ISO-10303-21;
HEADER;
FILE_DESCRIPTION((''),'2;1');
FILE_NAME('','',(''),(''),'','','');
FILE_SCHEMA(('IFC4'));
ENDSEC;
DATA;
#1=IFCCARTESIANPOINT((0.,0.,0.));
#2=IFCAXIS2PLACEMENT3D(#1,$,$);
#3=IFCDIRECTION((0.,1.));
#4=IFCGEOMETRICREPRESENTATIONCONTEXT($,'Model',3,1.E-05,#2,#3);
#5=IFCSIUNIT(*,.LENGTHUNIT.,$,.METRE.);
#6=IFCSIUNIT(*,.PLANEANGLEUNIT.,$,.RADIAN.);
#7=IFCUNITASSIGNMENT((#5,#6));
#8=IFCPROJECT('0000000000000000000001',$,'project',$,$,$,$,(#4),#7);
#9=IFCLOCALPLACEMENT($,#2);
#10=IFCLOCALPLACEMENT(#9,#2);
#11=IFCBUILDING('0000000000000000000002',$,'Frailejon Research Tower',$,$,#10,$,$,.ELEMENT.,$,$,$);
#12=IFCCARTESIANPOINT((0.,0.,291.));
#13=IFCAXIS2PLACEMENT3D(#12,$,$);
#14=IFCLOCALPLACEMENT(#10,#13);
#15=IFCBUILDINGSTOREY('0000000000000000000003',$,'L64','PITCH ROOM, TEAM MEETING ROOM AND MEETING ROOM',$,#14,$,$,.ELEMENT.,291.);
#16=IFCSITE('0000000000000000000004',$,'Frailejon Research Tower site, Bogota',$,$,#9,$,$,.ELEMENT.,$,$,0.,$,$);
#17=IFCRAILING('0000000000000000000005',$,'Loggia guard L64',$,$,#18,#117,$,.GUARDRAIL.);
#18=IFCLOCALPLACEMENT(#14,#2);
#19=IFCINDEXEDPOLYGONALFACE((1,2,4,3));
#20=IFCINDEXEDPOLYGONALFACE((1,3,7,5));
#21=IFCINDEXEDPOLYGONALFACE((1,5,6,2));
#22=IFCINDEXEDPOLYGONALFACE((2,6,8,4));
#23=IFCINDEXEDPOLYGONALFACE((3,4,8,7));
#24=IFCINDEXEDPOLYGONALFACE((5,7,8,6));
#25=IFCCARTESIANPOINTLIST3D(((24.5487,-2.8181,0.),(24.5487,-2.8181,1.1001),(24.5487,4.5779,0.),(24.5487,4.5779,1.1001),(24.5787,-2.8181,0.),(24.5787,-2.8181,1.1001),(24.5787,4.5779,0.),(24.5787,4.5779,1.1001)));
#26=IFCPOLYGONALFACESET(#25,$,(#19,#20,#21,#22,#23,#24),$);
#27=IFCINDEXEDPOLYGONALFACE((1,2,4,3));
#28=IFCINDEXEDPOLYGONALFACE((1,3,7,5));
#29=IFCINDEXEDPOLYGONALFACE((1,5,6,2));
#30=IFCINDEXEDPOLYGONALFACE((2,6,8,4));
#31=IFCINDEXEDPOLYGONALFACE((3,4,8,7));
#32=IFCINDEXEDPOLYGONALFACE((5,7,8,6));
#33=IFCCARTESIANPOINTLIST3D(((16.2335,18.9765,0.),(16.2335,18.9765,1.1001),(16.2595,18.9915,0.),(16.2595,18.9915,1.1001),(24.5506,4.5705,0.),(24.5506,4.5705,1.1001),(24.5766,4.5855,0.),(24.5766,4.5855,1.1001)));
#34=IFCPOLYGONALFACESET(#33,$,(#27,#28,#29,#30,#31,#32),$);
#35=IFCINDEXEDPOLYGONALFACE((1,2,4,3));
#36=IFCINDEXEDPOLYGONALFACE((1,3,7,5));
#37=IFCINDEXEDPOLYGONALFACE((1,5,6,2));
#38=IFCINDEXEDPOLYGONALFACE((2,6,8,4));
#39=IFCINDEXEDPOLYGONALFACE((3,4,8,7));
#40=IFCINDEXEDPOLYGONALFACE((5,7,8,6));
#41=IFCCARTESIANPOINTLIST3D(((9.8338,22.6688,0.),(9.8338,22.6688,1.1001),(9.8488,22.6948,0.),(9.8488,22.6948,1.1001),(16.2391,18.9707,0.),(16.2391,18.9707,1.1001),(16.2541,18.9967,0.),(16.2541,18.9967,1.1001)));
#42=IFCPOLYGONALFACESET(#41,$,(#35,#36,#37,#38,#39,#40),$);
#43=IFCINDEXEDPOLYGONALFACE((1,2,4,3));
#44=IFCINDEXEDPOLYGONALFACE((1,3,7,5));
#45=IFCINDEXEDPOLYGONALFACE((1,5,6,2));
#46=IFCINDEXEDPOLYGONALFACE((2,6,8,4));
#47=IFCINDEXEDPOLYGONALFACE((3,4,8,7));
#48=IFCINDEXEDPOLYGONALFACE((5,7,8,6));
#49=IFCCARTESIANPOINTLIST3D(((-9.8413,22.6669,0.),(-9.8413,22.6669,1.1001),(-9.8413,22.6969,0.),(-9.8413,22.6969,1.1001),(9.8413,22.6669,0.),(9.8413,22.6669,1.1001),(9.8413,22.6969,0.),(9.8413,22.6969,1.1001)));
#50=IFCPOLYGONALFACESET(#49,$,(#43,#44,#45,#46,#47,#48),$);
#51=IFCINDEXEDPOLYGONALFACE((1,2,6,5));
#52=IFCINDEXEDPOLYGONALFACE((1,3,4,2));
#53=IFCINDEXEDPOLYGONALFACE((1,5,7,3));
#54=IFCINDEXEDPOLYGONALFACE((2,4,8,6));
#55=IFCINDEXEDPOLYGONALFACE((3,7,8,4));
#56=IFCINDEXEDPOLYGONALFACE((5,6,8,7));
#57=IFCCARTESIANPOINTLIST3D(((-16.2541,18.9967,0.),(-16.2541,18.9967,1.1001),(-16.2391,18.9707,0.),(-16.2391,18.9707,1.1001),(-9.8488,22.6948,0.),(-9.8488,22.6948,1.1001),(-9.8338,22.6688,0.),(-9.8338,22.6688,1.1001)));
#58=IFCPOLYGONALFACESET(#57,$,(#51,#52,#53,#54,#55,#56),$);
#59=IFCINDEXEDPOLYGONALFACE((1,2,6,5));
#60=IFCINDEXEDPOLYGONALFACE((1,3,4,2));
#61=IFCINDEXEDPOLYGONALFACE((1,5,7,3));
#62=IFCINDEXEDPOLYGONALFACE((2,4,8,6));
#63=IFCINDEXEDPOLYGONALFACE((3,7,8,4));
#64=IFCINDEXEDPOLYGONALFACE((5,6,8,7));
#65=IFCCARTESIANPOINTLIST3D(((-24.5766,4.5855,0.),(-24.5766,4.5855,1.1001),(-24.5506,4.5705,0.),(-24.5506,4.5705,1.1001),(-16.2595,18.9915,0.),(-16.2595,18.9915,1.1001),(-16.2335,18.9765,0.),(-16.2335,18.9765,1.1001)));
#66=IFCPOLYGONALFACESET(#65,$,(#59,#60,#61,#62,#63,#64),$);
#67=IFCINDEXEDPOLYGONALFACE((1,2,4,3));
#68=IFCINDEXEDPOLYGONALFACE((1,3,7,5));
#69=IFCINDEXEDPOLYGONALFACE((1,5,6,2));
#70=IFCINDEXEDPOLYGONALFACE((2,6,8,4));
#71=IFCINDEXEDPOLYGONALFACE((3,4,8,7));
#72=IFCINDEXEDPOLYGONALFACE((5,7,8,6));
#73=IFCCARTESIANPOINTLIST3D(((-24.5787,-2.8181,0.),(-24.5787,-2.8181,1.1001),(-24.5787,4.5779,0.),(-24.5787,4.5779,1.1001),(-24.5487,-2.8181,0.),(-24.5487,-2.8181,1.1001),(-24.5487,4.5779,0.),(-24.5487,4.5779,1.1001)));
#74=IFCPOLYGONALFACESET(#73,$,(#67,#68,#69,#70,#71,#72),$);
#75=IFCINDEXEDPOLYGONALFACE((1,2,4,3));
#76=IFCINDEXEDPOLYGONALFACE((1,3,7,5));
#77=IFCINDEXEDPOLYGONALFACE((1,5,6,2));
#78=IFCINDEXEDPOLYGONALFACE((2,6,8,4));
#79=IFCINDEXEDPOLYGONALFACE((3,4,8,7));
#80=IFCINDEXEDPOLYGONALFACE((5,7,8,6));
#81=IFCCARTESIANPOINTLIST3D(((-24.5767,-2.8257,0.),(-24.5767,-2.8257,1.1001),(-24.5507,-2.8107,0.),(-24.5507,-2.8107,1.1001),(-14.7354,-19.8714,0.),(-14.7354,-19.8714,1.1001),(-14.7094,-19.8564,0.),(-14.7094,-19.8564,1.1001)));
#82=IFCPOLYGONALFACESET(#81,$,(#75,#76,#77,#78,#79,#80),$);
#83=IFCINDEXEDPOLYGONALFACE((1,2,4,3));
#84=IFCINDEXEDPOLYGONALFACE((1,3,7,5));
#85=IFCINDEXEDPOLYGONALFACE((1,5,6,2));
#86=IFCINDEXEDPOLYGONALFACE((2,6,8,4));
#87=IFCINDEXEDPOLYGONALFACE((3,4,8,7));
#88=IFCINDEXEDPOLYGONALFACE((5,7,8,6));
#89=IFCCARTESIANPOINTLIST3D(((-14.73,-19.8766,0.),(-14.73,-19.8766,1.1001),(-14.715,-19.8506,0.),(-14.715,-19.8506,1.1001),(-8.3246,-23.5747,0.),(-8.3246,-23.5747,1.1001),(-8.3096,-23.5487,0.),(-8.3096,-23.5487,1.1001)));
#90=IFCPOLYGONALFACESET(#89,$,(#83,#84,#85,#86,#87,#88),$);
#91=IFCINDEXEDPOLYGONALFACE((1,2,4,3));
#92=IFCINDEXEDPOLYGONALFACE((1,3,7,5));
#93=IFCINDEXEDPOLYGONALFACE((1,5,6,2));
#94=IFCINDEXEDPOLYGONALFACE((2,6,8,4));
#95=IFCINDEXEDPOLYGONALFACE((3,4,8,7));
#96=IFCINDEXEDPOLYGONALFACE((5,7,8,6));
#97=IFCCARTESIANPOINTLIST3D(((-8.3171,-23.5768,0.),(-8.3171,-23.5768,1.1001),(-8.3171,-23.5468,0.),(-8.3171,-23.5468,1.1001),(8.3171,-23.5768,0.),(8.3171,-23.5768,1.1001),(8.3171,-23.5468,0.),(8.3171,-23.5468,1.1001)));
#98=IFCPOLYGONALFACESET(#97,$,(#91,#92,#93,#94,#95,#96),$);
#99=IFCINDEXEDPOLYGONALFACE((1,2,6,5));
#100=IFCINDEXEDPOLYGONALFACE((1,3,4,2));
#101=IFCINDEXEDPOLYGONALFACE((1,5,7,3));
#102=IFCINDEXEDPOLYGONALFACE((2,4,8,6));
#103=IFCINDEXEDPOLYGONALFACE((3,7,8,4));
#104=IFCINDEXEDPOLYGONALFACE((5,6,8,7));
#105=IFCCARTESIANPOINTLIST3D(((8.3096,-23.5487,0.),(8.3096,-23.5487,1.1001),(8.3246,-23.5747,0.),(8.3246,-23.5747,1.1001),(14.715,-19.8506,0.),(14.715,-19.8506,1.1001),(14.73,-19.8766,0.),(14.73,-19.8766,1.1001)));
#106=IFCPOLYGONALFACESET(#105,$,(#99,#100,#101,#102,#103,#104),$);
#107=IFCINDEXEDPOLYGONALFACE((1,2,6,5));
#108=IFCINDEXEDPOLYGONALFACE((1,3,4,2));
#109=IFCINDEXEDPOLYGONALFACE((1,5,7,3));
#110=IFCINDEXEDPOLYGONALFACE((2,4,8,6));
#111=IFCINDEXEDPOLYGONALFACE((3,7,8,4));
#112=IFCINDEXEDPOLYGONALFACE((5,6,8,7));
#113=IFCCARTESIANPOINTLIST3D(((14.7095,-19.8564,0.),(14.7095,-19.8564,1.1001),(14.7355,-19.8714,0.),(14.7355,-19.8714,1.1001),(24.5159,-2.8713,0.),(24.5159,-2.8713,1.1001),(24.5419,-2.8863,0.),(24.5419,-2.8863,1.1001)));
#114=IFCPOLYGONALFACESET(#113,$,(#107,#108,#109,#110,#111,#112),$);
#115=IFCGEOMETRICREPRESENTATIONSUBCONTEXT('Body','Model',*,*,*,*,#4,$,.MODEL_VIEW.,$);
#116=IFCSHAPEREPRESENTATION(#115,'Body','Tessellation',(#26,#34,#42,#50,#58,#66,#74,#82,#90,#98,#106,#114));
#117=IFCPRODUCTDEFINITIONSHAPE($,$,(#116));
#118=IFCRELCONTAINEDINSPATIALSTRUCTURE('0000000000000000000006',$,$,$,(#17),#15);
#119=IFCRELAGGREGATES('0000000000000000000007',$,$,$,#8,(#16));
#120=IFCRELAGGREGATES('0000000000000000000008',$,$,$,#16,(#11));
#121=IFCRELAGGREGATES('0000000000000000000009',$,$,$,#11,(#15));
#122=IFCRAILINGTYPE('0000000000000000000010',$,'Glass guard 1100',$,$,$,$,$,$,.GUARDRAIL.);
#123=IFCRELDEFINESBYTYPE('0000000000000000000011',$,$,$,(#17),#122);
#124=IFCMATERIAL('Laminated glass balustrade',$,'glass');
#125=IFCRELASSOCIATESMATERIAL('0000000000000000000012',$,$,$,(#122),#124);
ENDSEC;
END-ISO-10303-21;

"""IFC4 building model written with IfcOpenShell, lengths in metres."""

from ifc_helpers import new_model, si_unit, direction, frame, origin, origin_2d, place, context, subcontext, project, spatial, rectangle, extrude, material, type_object, element, save


model = new_model("IFC4")

# Units and contexts
model_context = context("Model", 3, precision=1e-05, world=origin(), true_north=direction((0.0, 1.0)))
body_context = subcontext(model_context, "Body", "Model", "MODEL_VIEW")
ifc_project = project(units=[si_unit("LENGTHUNIT", "METRE"), si_unit("PLANEANGLEUNIT", "RADIAN")], contexts=[model_context])

# Site, building, storey
site_placement = place(None, origin())
site = spatial("IfcSite", under=ifc_project, at=site_placement, Name="Frailejon Research Tower site, Bogota", CompositionType="ELEMENT", RefElevation=0.0)
building_placement = place(site_placement, origin())
building = spatial("IfcBuilding", under=site, at=building_placement, Name="Frailejon Research Tower", CompositionType="ELEMENT")
storey_placement = place(building_placement, frame((0.0, 0.0, 291.0)))
storey = spatial("IfcBuildingStorey", under=building, at=storey_placement, Name="L64", Description="PITCH ROOM, TEAM MEETING ROOM AND MEETING ROOM", CompositionType="ELEMENT", Elevation=291.0)

# Railing
ifc_material_1 = material(Name="Laminated glass balustrade", Category="glass")
railing_type = type_object("IfcRailingType", Name="Glass guard 1100", PredefinedType="GUARDRAIL", material=ifc_material_1)
railing_placement = place(storey_placement, frame((24.5637, -2.8181, 0.0)))
element("IfcRailing", 1, at=railing_placement, inside=storey, type_object=railing_type, Name="Loggia guard L64", PredefinedType="GUARDRAIL", context=body_context, shape_type="SweptSolid", body=[
    extrude(rectangle(XDim=7.396, YDim=0.03, at=origin_2d()), frame((0.0, 3.698, 0.0), z_axis=(0.0, 0.0, 1.0), x_axis=(0.0, 1.0, 0.0)), (0.0, 0.0, 1.0), 1.1001),
    extrude(rectangle(XDim=16.6345, YDim=0.03, at=origin_2d()), frame((-4.1587, 14.5991, 0.0), z_axis=(0.0, 0.0, 1.0), x_axis=(-0.499992, 0.86603, 0.0)), (0.0, 0.0, 1.0), 1.1001),
    extrude(rectangle(XDim=7.3962, YDim=0.03, at=origin_2d()), frame((-11.5198, 23.6509, 0.0), z_axis=(0.0, 0.0, 1.0), x_axis=(-0.866031, 0.499991, 0.0)), (0.0, 0.0, 1.0), 1.1001),
    extrude(rectangle(XDim=19.6826, YDim=0.03, at=origin_2d()), frame((-24.5637, 25.5, 0.0), z_axis=(0.0, 0.0, 1.0), x_axis=(-1.0, 0.0, 0.0)), (0.0, 0.0, 1.0), 1.1001),
    extrude(rectangle(XDim=7.3962, YDim=0.03, at=origin_2d()), frame((-37.6077, 23.6509, 0.0), z_axis=(0.0, 0.0, 1.0), x_axis=(-0.866031, -0.499991, 0.0)), (0.0, 0.0, 1.0), 1.1001),
    extrude(rectangle(XDim=16.6345, YDim=0.03, at=origin_2d()), frame((-44.9688, 14.5991, 0.0), z_axis=(0.0, 0.0, 1.0), x_axis=(-0.499992, -0.86603, 0.0)), (0.0, 0.0, 1.0), 1.1001),
    extrude(rectangle(XDim=7.396, YDim=0.03, at=origin_2d()), frame((-49.1274, 3.698, 0.0), z_axis=(0.0, 0.0, 1.0), x_axis=(0.0, -1.0, 0.0)), (0.0, 0.0, 1.0), 1.1001),
    extrude(rectangle(XDim=19.6826, YDim=0.03, at=origin_2d()), frame((-44.2068, -8.5229, 0.0), z_axis=(0.0, 0.0, 1.0), x_axis=(0.5, -0.866026, 0.0)), (0.0, 0.0, 1.0), 1.1001),
    extrude(rectangle(XDim=7.3962, YDim=0.03, at=origin_2d()), frame((-36.0835, -18.8945, 0.0), z_axis=(0.0, 0.0, 1.0), x_axis=(0.866031, -0.499991, 0.0)), (0.0, 0.0, 1.0), 1.1001),
    extrude(rectangle(XDim=16.6343, YDim=0.03, at=origin_2d()), frame((-24.5637, -20.7437, 0.0), z_axis=(0.0, 0.0, 1.0), x_axis=(1.0, 0.0, 0.0)), (0.0, 0.0, 1.0), 1.1001),
    extrude(rectangle(XDim=7.3962, YDim=0.03, at=origin_2d()), frame((-13.0439, -18.8945, 0.0), z_axis=(0.0, 0.0, 1.0), x_axis=(0.866031, 0.499991, 0.0)), (0.0, 0.0, 1.0), 1.1001),
    extrude(rectangle(XDim=19.6128, YDim=0.03, at=origin_2d()), frame((-4.938, -8.5532, 0.0), z_axis=(0.0, 0.0, 1.0), x_axis=(0.500002, 0.866025, 0.0)), (0.0, 0.0, 1.0), 1.1001),
])

save(model, "model.ifc")
